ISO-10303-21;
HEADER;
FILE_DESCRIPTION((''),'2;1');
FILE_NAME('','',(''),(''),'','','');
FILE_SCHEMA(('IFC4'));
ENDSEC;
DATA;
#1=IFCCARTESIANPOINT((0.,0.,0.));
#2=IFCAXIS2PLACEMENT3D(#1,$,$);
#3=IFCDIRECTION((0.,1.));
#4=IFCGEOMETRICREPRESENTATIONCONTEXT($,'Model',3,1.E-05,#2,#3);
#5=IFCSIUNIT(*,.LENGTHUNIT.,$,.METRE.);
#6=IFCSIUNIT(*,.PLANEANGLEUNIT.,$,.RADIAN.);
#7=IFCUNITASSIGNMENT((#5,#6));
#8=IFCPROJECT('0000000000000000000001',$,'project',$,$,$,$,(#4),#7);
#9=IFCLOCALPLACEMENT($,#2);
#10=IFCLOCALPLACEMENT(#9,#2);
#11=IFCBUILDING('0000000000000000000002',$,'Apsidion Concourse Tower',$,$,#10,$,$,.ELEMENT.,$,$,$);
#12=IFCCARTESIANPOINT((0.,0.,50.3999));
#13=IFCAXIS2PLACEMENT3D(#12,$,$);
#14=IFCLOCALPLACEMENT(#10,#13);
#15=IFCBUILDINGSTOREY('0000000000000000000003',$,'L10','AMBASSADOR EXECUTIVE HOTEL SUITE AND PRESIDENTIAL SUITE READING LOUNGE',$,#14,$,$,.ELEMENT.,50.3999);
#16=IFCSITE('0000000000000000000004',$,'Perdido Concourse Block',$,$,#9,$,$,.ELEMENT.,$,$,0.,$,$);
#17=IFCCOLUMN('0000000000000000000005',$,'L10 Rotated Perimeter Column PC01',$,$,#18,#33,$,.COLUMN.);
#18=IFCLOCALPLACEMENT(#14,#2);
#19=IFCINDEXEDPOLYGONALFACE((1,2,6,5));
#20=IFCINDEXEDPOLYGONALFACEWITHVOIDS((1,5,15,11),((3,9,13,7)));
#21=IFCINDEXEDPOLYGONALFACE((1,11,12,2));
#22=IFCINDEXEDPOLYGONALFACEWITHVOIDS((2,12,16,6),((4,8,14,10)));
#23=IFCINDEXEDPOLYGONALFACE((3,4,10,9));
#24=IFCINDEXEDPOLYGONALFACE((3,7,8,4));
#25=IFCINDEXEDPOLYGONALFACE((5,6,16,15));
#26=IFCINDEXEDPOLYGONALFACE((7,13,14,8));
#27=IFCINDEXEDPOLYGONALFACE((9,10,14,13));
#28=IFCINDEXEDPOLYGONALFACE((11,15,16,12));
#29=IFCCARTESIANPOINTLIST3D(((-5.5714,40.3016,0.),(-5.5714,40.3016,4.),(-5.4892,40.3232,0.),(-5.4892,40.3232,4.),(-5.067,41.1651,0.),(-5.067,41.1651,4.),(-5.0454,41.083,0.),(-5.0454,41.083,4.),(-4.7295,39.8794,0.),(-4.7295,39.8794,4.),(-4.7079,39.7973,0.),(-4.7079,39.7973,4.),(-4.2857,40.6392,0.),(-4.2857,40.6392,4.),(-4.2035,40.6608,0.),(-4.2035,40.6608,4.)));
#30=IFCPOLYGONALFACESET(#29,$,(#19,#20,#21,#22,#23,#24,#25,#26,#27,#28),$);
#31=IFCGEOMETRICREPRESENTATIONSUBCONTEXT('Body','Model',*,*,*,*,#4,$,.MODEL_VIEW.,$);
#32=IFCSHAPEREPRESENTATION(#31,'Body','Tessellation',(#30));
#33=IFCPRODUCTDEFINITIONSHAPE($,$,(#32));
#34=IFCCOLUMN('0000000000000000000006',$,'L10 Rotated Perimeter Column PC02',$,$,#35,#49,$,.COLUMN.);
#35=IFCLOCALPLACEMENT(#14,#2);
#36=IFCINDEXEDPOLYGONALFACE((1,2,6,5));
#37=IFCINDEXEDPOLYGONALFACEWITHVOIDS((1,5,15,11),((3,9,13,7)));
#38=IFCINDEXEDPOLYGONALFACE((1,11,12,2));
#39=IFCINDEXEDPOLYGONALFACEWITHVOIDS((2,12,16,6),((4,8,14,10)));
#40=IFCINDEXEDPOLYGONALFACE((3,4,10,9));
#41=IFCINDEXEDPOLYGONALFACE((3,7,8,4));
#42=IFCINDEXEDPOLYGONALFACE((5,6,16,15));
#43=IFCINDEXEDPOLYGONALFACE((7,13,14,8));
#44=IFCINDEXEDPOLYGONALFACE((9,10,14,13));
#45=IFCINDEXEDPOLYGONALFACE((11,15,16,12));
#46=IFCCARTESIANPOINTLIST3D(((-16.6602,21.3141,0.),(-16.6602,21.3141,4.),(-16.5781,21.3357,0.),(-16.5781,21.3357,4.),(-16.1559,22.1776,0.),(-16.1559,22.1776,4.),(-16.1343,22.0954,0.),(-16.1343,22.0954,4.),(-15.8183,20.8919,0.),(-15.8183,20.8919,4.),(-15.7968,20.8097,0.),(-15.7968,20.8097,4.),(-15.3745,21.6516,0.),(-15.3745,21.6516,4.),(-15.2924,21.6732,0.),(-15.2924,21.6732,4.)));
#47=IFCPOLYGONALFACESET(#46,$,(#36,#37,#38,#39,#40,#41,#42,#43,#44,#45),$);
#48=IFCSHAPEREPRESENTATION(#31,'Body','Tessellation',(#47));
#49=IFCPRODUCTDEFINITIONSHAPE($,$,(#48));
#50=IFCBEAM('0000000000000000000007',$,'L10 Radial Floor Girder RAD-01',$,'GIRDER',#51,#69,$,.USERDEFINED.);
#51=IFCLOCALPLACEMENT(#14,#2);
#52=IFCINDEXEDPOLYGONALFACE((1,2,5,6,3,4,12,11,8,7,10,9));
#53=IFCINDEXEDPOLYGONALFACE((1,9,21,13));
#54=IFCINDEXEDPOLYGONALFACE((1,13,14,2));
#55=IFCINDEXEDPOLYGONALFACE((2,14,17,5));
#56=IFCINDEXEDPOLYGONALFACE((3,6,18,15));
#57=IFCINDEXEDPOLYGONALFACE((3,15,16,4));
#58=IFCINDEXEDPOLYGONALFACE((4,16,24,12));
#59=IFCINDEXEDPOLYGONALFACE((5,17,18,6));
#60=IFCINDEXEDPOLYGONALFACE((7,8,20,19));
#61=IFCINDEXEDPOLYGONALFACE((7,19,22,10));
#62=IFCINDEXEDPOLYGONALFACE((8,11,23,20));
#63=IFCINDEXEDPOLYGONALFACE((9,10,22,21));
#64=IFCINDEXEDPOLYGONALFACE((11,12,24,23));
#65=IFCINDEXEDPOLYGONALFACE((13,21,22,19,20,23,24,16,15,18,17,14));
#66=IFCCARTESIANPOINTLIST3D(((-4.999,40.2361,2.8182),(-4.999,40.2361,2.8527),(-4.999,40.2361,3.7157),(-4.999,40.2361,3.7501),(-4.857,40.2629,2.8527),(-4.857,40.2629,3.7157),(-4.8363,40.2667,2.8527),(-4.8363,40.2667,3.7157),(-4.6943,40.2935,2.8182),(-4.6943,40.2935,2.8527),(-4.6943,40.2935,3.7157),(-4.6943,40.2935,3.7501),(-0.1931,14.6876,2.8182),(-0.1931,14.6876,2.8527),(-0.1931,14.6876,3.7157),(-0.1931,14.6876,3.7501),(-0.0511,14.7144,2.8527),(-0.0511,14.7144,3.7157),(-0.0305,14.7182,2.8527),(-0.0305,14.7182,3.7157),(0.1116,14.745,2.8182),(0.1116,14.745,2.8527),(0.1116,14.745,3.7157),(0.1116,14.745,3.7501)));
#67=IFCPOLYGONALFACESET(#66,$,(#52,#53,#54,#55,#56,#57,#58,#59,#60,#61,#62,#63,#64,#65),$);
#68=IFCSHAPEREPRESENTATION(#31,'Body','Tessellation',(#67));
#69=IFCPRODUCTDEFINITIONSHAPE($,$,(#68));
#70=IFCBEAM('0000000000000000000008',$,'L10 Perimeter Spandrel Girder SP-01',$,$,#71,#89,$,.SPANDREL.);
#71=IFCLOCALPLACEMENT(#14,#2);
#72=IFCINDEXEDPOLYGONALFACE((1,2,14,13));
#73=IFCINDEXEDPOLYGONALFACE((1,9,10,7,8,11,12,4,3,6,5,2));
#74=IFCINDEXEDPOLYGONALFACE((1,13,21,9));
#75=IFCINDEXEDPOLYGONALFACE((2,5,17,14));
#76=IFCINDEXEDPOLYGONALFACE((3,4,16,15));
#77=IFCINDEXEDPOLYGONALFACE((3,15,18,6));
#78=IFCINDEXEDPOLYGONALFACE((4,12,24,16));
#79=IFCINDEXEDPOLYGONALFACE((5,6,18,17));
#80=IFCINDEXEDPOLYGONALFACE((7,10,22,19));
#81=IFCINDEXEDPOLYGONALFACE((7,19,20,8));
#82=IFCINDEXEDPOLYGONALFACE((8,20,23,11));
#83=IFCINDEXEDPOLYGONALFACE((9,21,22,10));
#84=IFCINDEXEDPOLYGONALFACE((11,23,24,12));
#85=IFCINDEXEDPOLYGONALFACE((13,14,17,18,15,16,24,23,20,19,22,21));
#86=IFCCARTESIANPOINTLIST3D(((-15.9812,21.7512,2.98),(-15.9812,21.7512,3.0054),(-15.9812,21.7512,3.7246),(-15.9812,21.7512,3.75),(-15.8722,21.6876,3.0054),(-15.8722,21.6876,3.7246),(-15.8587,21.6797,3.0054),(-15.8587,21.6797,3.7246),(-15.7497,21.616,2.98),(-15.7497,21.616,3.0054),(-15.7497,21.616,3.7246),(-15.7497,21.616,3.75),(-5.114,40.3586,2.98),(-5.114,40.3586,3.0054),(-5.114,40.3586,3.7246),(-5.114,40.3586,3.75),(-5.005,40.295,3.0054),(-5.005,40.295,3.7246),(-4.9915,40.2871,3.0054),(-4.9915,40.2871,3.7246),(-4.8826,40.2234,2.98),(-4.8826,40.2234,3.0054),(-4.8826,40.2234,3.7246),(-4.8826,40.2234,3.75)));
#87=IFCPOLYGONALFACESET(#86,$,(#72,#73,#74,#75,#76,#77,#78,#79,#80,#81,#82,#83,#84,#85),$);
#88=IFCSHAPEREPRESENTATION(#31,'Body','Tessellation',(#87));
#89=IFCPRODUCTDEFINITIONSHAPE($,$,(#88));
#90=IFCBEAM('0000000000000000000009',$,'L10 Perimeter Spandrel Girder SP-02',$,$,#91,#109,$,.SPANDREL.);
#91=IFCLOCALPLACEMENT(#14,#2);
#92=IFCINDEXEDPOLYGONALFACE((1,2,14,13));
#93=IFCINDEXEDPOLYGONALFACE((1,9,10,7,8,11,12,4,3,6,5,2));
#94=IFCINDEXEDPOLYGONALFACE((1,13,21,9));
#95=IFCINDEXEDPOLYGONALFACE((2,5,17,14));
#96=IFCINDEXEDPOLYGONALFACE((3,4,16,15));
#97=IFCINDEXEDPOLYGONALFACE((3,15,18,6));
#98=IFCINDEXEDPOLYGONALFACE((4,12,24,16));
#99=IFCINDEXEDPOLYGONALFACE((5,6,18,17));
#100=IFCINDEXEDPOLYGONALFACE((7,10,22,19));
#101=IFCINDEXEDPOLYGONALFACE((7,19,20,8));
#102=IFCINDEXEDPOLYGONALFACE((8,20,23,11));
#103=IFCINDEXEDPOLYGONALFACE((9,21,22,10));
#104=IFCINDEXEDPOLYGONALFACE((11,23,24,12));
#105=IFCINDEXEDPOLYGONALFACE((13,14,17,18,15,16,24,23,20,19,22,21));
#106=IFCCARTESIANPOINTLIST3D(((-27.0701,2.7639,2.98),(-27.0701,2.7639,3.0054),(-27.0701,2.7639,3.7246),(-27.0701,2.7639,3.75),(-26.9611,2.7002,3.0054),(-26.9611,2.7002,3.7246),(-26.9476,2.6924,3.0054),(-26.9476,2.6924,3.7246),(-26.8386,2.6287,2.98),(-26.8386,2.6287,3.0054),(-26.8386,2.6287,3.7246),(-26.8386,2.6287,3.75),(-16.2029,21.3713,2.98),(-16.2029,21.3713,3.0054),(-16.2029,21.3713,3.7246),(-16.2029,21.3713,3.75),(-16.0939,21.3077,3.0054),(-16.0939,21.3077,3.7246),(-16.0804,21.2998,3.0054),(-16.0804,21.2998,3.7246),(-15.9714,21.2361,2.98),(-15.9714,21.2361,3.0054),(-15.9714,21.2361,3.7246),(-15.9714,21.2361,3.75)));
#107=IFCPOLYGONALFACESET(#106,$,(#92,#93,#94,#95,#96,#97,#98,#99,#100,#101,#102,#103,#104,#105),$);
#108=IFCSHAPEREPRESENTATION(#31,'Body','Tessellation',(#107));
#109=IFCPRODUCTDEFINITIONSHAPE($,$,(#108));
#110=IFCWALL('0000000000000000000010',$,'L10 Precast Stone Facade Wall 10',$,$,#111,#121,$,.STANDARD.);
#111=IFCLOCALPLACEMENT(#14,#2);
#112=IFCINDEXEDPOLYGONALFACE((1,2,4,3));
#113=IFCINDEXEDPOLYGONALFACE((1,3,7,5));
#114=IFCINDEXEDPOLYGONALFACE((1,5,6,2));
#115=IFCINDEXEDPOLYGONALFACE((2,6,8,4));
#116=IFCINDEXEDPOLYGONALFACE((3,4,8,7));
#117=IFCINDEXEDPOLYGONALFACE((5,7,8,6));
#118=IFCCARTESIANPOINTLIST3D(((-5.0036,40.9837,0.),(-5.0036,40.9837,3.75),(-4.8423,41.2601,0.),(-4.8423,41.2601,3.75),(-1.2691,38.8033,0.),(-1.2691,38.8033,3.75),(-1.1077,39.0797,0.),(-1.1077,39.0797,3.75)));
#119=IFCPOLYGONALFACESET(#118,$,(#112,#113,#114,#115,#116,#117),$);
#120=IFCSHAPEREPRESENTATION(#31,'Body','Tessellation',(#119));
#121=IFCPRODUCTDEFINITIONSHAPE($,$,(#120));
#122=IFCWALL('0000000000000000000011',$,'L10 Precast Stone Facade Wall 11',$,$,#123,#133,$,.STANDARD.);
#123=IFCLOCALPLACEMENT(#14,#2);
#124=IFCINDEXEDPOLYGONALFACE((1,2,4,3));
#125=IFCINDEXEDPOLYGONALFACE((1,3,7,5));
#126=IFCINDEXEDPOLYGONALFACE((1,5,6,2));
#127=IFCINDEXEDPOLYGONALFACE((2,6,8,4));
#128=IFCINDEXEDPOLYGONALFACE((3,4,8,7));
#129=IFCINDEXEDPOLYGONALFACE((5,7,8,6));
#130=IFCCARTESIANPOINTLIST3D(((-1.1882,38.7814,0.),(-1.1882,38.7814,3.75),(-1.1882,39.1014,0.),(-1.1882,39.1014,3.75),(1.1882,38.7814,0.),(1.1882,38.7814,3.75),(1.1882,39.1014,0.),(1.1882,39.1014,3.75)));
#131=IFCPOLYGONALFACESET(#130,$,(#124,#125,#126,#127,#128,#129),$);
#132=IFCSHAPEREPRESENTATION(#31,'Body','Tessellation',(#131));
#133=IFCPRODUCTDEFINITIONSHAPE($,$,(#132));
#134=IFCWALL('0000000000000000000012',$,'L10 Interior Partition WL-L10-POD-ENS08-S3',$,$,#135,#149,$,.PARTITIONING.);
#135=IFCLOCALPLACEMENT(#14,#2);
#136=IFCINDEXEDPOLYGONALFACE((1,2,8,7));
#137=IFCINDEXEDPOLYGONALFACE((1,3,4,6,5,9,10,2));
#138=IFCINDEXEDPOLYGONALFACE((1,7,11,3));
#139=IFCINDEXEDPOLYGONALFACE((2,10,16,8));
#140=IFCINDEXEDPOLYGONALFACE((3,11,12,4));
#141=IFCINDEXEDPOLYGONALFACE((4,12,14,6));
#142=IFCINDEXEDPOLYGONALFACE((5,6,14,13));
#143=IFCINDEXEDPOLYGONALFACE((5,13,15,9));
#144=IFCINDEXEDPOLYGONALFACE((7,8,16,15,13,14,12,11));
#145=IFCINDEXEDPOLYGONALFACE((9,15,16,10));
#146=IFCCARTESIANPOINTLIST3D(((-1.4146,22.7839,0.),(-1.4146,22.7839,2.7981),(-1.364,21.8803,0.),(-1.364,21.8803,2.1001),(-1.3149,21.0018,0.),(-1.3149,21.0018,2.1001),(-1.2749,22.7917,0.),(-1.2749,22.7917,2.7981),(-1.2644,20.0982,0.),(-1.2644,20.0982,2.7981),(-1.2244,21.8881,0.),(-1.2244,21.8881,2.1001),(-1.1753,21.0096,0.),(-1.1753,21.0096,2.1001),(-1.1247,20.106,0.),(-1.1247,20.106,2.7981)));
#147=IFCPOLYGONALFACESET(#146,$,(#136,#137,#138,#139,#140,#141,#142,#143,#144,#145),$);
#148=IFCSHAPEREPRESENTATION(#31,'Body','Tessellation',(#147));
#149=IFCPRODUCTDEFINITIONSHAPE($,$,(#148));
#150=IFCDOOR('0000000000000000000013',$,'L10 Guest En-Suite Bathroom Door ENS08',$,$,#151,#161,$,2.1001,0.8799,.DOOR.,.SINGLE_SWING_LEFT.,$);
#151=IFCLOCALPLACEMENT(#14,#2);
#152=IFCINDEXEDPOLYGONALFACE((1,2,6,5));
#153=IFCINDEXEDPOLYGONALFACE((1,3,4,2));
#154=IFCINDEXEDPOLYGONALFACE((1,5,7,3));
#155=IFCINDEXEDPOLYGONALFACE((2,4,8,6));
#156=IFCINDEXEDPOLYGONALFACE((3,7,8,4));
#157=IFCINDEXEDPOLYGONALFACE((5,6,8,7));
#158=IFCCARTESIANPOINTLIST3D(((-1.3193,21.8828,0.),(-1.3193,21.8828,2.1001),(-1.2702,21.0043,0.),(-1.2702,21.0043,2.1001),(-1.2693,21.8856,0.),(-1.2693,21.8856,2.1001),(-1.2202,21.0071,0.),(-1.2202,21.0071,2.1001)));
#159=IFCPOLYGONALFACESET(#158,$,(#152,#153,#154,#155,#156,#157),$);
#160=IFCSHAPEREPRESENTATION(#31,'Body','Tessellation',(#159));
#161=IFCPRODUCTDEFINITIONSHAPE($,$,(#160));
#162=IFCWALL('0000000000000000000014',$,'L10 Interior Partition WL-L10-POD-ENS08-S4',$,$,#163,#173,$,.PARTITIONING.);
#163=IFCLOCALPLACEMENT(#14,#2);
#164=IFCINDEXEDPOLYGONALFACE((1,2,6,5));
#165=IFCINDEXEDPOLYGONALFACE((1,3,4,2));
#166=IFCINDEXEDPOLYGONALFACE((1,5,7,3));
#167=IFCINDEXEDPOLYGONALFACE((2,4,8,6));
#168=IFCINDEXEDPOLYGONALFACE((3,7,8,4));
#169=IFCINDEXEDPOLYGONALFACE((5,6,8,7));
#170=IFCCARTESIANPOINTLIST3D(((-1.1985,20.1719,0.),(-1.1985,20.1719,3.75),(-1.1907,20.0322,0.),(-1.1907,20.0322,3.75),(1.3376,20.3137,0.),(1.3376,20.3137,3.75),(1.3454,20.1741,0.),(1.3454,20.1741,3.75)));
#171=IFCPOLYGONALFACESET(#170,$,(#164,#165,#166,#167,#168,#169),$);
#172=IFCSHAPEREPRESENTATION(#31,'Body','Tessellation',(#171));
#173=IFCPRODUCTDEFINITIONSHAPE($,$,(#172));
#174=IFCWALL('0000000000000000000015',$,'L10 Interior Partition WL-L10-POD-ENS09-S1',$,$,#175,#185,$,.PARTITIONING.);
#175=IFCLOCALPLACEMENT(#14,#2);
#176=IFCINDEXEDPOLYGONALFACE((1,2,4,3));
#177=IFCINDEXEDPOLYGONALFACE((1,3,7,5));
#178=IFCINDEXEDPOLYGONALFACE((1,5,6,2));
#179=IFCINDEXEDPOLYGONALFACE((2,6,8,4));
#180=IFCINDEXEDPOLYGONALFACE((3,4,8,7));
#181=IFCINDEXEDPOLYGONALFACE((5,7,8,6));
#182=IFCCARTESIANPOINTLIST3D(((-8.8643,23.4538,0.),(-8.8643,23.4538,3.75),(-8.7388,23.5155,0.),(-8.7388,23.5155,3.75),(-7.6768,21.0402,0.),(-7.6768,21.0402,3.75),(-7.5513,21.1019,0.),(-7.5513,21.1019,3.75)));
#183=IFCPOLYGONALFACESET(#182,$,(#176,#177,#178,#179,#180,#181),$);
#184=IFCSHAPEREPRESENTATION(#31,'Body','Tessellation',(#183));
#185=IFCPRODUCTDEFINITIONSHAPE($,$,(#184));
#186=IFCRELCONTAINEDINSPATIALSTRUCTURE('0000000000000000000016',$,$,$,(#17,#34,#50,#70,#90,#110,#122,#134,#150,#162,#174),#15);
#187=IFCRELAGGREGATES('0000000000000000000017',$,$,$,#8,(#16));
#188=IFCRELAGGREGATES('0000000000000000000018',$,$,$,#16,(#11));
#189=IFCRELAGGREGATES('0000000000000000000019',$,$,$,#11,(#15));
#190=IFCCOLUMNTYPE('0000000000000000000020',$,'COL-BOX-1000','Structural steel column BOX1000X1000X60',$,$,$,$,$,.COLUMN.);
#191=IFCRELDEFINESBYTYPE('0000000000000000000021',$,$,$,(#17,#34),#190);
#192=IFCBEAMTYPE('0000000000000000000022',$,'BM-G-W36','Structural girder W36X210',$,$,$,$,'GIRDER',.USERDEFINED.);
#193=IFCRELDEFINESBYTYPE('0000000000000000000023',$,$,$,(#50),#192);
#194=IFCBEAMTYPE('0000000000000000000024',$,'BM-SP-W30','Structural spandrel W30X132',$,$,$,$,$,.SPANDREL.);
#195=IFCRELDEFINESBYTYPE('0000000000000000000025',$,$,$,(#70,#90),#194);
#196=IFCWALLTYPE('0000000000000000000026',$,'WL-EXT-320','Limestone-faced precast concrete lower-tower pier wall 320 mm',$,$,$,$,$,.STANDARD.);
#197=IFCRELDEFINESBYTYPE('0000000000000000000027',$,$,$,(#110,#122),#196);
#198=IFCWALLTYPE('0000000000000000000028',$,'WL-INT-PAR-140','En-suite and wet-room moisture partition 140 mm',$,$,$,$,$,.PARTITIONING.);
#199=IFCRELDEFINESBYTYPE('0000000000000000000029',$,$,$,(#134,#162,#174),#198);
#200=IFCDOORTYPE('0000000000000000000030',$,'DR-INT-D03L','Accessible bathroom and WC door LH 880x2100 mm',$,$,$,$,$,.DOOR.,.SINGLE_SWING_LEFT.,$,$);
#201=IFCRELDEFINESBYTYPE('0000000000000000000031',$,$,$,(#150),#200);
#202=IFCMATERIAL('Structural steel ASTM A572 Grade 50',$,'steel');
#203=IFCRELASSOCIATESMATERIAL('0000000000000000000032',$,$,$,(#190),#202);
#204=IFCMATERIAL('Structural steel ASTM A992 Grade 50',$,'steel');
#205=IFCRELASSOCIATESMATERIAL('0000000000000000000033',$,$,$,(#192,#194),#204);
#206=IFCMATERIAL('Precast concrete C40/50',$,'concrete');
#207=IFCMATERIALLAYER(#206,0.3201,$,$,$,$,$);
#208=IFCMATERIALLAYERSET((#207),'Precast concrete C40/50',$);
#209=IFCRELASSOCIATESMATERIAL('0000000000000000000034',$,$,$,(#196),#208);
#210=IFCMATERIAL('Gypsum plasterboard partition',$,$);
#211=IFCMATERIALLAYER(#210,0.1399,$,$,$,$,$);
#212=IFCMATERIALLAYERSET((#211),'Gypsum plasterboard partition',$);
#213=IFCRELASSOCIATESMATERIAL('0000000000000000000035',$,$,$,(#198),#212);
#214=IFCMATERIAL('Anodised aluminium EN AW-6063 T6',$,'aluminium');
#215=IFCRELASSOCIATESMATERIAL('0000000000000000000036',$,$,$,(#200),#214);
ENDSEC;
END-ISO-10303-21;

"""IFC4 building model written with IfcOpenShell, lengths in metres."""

from ifc_helpers import new_model, si_unit, direction, frame, frame_2d, origin, origin_2d, place, context, subcontext, project, spatial, rectangle, hollow_rectangle, i_section, extrude, material, layer, layer_set, material_profile, profile_set, type_object, element, fill, save


model = new_model("IFC4")

# Units and contexts
model_context = context("Model", 3, precision=1e-05, world=origin(), true_north=direction((0.0, 1.0)))
body_context = subcontext(model_context, "Body", "Model", "MODEL_VIEW")
ifc_project = project(units=[si_unit("LENGTHUNIT", "METRE"), si_unit("PLANEANGLEUNIT", "RADIAN")], contexts=[model_context])

# Site, building, storey
site_placement = place(None, origin())
site = spatial("IfcSite", under=ifc_project, at=site_placement, Name="Perdido Concourse Block", CompositionType="ELEMENT", RefElevation=0.0)
building_placement = place(site_placement, origin())
building = spatial("IfcBuilding", under=site, at=building_placement, Name="Apsidion Concourse Tower", CompositionType="ELEMENT")
storey_placement = place(building_placement, frame((0.0, 0.0, 50.3999)))
storey = spatial("IfcBuildingStorey", under=building, at=storey_placement, Name="L10", Description="AMBASSADOR EXECUTIVE HOTEL SUITE AND PRESIDENTIAL SUITE READING LOUNGE", CompositionType="ELEMENT", Elevation=50.3999)

# Columns
ifc_material_1 = material(Name="Structural steel ASTM A572 Grade 50", Category="steel")
ifc_material_profile_1 = material_profile(ifc_material_1, hollow_rectangle(XDim=1.0, YDim=1.0, WallThickness=0.0601, at=origin_2d()), Name="BOX1000X1000X60")
ifc_profile_set_1 = profile_set([ifc_material_profile_1], Name="Structural steel ASTM A572 Grade 50")
column_type = type_object("IfcColumnType", Name="COL-BOX-1000", Description="Structural steel column BOX1000X1000X60", PredefinedType="COLUMN", material=ifc_profile_set_1)
for number, where, z_axis, x_axis, name in (
    (1, (-4.8875, 40.4812, 0.0), (0.0, 0.0, 1.0), (0.504377, 0.863484, 0.0), "L10 Rotated Perimeter Column PC01"),
    (2, (-15.9763, 21.4937, 0.0), (0.0, 0.0, 1.0), (0.504377, 0.863484, 0.0), "L10 Rotated Perimeter Column PC02"),
):
    element("IfcColumn", number, at=place(storey_placement, frame(where, z_axis=z_axis, x_axis=x_axis)), inside=storey, type_object=column_type, Name=name, PredefinedType="COLUMN", context=body_context, shape_type="SweptSolid", body=[
        extrude(hollow_rectangle(XDim=1.0, YDim=1.0, WallThickness=0.0601, at=origin_2d()), origin(), (0.0, 0.0, 1.0), 4.0),
    ])

# Beams
ifc_material_2 = material(Name="Structural steel ASTM A992 Grade 50", Category="steel")
ifc_material_profile_2 = material_profile(ifc_material_2, i_section(OverallWidth=0.3101, OverallDepth=0.9319, WebThickness=0.021, FlangeThickness=0.0344, at=origin_2d()), Name="W36X210")
ifc_profile_set_2 = profile_set([ifc_material_profile_2], Name="Structural steel ASTM A992 Grade 50")
beam_type_1 = type_object("IfcBeamType", Name="BM-G-W36", Description="Structural girder W36X210", ElementType="GIRDER", PredefinedType="USERDEFINED", material=ifc_profile_set_2)
beam_placement = place(storey_placement, frame((-0.0408, 14.7163, 3.2842), z_axis=(-0.184866, 0.982764, 0.0), x_axis=(-0.982764, -0.184866, 0.0)))
element("IfcBeam", 3, at=beam_placement, inside=storey, type_object=beam_type_1, Name="L10 Radial Floor Girder RAD-01", ObjectType="GIRDER", PredefinedType="USERDEFINED", context=body_context, shape_type="SweptSolid", body=[
    extrude(i_section(OverallWidth=0.3101, OverallDepth=0.9319, WebThickness=0.021, FlangeThickness=0.0344, at=origin_2d()), origin(), (0.0, 0.0, 1.0), 25.9966),
])
ifc_material_profile_3 = material_profile(ifc_material_2, i_section(OverallWidth=0.2681, OverallDepth=0.77, WebThickness=0.0156, FlangeThickness=0.0254, at=origin_2d()), Name="W30X132")
ifc_profile_set_3 = profile_set([ifc_material_profile_3], Name="Structural steel ASTM A992 Grade 50")
beam_type_2 = type_object("IfcBeamType", Name="BM-SP-W30", Description="Structural spandrel W30X132", PredefinedType="SPANDREL", material=ifc_profile_set_3)
for number, where, z_axis, x_axis, name in (
    (4, (-4.9983, 40.291, 3.365), (-0.504316, -0.863519, 0.0), (0.863519, -0.504316, 0.0), "L10 Perimeter Spandrel Girder SP-01"),
    (5, (-16.0872, 21.3037, 3.365), (-0.504316, -0.863519, 0.0), (0.863519, -0.504316, 0.0), "L10 Perimeter Spandrel Girder SP-02"),
):
    element("IfcBeam", number, at=place(storey_placement, frame(where, z_axis=z_axis, x_axis=x_axis)), inside=storey, type_object=beam_type_2, Name=name, PredefinedType="SPANDREL", context=body_context, shape_type="SweptSolid", body=[
        extrude(i_section(OverallWidth=0.2681, OverallDepth=0.77, WebThickness=0.0156, FlangeThickness=0.0254, at=origin_2d()), origin(), (0.0, 0.0, 1.0), 21.5483),
    ])

# Walls
ifc_material_3 = material(Name="Precast concrete C40/50", Category="concrete")
ifc_layer_1 = layer(ifc_material_3, 0.3201)
ifc_layer_set_1 = layer_set([ifc_layer_1], Name="Precast concrete C40/50")
wall_type_1 = type_object("IfcWallType", Name="WL-EXT-320", Description="Limestone-faced precast concrete lower-tower pier wall 320 mm", PredefinedType="STANDARD", material=ifc_layer_set_1)
wall_1_placement = place(storey_placement, frame((-4.9229, 41.1218, 0.0), z_axis=(0.0, 0.0, 1.0), x_axis=(0.863588, -0.504197, 0.0)))
element("IfcWall", 6, at=wall_1_placement, inside=storey, type_object=wall_type_1, Name="L10 Precast Stone Facade Wall 10", PredefinedType="STANDARD", context=body_context, shape_type="SweptSolid", body=[
    extrude(rectangle(XDim=4.3245, YDim=0.3201, at=frame_2d((2.1621, 0.0))), origin(), (0.0, 0.0, 1.0), 3.75),
])
wall_2_placement = place(storey_placement, frame((-1.1882, 38.9414, 0.0), z_axis=(0.0, 0.0, 1.0), x_axis=(1.0, 0.0, 0.0)))
element("IfcWall", 7, at=wall_2_placement, inside=storey, type_object=wall_type_1, Name="L10 Precast Stone Facade Wall 11", PredefinedType="STANDARD", context=body_context, shape_type="SweptSolid", body=[
    extrude(rectangle(XDim=2.3765, YDim=0.3201, at=frame_2d((1.1882, 0.0))), origin(), (0.0, 0.0, 1.0), 3.75),
])

# Wall, opening, door
ifc_material_4 = material(Name="Gypsum plasterboard partition")
ifc_layer_2 = layer(ifc_material_4, 0.1399)
ifc_layer_set_2 = layer_set([ifc_layer_2], Name="Gypsum plasterboard partition")
wall_type_2 = type_object("IfcWallType", Name="WL-INT-PAR-140", Description="En-suite and wet-room moisture partition 140 mm", PredefinedType="PARTITIONING", material=ifc_layer_set_2)
wall_3_placement = place(storey_placement, frame((-1.3447, 22.7878, 0.0), z_axis=(0.0, 0.0, 1.0), x_axis=(0.055817, -0.998441, 0.0)))
wall_3 = element("IfcWall", 8, at=wall_3_placement, inside=storey, type_object=wall_type_2, Name="L10 Interior Partition WL-L10-POD-ENS08-S3", PredefinedType="PARTITIONING", context=body_context, shape_type="SweptSolid", body=[
    extrude(rectangle(XDim=2.6899, YDim=0.1399, at=frame_2d((1.345, 0.0))), origin(), (0.0, 0.0, 1.0), 2.7981),
])
opening_1_placement = place(wall_3_placement, frame((0.905, 0.0, 0.0)))
opening_1 = element("IfcOpeningElement", 9, at=opening_1_placement, cuts=wall_3, PredefinedType="OPENING", context=body_context, shape_type="SweptSolid", body=[
    extrude(rectangle(XDim=0.8799, YDim=2.1001, at=frame_2d((0.4399, 1.05))), frame((0.0, 0.0801, 0.0), z_axis=(0.0, -1.0, 0.0), x_axis=(1.0, 0.0, 0.0)), (0.0, 0.0, 1.0), 0.1599),
])
ifc_material_5 = material(Name="Anodised aluminium EN AW-6063 T6", Category="aluminium")
door_type_1 = type_object("IfcDoorType", Name="DR-INT-D03L", Description="Accessible bathroom and WC door LH 880x2100 mm", OperationType="SINGLE_SWING_LEFT", PredefinedType="DOOR", material=ifc_material_5)
door_1_placement = place(opening_1_placement, origin())
door_1 = element("IfcDoor", 10, at=door_1_placement, inside=storey, type_object=door_type_1, Name="L10 Guest En-Suite Bathroom Door ENS08", OperationType="SINGLE_SWING_LEFT", OverallHeight=2.1001, OverallWidth=0.8799, PredefinedType="DOOR", context=body_context, shape_type="SweptSolid", body=[
    extrude(rectangle(XDim=0.8799, YDim=2.1001, at=frame_2d((0.4399, 1.05))), frame((0.0, 0.0249, 0.0), z_axis=(0.0, -1.0, 0.0), x_axis=(1.0, 0.0, 0.0)), (0.0, 0.0, 1.0), 0.05),
])
fill(opening_1, door_1)

# Walls
wall_4_placement = place(storey_placement, frame((-1.1946, 20.1021, 0.0), z_axis=(0.0, 0.0, 1.0), x_axis=(0.99844, 0.055843, 0.0)))
element("IfcWall", 11, at=wall_4_placement, inside=storey, type_object=wall_type_2, Name="L10 Interior Partition WL-L10-POD-ENS08-S4", PredefinedType="PARTITIONING", context=body_context, shape_type="SweptSolid", body=[
    extrude(rectangle(XDim=2.54, YDim=0.1399, at=frame_2d((1.27, 0.0))), origin(), (0.0, 0.0, 1.0), 3.75),
])
wall_5_placement = place(storey_placement, frame((-7.614, 21.071, 0.0), z_axis=(0.0, 0.0, 1.0), x_axis=(-0.441468, 0.897277, 0.0)))
element("IfcWall", 12, at=wall_5_placement, inside=storey, type_object=wall_type_2, Name="L10 Interior Partition WL-L10-POD-ENS09-S1", PredefinedType="PARTITIONING", context=body_context, shape_type="SweptSolid", body=[
    extrude(rectangle(XDim=2.6899, YDim=0.1399, at=frame_2d((1.345, 0.0))), origin(), (0.0, 0.0, 1.0), 3.75),
])

save(model, "model.ifc")
